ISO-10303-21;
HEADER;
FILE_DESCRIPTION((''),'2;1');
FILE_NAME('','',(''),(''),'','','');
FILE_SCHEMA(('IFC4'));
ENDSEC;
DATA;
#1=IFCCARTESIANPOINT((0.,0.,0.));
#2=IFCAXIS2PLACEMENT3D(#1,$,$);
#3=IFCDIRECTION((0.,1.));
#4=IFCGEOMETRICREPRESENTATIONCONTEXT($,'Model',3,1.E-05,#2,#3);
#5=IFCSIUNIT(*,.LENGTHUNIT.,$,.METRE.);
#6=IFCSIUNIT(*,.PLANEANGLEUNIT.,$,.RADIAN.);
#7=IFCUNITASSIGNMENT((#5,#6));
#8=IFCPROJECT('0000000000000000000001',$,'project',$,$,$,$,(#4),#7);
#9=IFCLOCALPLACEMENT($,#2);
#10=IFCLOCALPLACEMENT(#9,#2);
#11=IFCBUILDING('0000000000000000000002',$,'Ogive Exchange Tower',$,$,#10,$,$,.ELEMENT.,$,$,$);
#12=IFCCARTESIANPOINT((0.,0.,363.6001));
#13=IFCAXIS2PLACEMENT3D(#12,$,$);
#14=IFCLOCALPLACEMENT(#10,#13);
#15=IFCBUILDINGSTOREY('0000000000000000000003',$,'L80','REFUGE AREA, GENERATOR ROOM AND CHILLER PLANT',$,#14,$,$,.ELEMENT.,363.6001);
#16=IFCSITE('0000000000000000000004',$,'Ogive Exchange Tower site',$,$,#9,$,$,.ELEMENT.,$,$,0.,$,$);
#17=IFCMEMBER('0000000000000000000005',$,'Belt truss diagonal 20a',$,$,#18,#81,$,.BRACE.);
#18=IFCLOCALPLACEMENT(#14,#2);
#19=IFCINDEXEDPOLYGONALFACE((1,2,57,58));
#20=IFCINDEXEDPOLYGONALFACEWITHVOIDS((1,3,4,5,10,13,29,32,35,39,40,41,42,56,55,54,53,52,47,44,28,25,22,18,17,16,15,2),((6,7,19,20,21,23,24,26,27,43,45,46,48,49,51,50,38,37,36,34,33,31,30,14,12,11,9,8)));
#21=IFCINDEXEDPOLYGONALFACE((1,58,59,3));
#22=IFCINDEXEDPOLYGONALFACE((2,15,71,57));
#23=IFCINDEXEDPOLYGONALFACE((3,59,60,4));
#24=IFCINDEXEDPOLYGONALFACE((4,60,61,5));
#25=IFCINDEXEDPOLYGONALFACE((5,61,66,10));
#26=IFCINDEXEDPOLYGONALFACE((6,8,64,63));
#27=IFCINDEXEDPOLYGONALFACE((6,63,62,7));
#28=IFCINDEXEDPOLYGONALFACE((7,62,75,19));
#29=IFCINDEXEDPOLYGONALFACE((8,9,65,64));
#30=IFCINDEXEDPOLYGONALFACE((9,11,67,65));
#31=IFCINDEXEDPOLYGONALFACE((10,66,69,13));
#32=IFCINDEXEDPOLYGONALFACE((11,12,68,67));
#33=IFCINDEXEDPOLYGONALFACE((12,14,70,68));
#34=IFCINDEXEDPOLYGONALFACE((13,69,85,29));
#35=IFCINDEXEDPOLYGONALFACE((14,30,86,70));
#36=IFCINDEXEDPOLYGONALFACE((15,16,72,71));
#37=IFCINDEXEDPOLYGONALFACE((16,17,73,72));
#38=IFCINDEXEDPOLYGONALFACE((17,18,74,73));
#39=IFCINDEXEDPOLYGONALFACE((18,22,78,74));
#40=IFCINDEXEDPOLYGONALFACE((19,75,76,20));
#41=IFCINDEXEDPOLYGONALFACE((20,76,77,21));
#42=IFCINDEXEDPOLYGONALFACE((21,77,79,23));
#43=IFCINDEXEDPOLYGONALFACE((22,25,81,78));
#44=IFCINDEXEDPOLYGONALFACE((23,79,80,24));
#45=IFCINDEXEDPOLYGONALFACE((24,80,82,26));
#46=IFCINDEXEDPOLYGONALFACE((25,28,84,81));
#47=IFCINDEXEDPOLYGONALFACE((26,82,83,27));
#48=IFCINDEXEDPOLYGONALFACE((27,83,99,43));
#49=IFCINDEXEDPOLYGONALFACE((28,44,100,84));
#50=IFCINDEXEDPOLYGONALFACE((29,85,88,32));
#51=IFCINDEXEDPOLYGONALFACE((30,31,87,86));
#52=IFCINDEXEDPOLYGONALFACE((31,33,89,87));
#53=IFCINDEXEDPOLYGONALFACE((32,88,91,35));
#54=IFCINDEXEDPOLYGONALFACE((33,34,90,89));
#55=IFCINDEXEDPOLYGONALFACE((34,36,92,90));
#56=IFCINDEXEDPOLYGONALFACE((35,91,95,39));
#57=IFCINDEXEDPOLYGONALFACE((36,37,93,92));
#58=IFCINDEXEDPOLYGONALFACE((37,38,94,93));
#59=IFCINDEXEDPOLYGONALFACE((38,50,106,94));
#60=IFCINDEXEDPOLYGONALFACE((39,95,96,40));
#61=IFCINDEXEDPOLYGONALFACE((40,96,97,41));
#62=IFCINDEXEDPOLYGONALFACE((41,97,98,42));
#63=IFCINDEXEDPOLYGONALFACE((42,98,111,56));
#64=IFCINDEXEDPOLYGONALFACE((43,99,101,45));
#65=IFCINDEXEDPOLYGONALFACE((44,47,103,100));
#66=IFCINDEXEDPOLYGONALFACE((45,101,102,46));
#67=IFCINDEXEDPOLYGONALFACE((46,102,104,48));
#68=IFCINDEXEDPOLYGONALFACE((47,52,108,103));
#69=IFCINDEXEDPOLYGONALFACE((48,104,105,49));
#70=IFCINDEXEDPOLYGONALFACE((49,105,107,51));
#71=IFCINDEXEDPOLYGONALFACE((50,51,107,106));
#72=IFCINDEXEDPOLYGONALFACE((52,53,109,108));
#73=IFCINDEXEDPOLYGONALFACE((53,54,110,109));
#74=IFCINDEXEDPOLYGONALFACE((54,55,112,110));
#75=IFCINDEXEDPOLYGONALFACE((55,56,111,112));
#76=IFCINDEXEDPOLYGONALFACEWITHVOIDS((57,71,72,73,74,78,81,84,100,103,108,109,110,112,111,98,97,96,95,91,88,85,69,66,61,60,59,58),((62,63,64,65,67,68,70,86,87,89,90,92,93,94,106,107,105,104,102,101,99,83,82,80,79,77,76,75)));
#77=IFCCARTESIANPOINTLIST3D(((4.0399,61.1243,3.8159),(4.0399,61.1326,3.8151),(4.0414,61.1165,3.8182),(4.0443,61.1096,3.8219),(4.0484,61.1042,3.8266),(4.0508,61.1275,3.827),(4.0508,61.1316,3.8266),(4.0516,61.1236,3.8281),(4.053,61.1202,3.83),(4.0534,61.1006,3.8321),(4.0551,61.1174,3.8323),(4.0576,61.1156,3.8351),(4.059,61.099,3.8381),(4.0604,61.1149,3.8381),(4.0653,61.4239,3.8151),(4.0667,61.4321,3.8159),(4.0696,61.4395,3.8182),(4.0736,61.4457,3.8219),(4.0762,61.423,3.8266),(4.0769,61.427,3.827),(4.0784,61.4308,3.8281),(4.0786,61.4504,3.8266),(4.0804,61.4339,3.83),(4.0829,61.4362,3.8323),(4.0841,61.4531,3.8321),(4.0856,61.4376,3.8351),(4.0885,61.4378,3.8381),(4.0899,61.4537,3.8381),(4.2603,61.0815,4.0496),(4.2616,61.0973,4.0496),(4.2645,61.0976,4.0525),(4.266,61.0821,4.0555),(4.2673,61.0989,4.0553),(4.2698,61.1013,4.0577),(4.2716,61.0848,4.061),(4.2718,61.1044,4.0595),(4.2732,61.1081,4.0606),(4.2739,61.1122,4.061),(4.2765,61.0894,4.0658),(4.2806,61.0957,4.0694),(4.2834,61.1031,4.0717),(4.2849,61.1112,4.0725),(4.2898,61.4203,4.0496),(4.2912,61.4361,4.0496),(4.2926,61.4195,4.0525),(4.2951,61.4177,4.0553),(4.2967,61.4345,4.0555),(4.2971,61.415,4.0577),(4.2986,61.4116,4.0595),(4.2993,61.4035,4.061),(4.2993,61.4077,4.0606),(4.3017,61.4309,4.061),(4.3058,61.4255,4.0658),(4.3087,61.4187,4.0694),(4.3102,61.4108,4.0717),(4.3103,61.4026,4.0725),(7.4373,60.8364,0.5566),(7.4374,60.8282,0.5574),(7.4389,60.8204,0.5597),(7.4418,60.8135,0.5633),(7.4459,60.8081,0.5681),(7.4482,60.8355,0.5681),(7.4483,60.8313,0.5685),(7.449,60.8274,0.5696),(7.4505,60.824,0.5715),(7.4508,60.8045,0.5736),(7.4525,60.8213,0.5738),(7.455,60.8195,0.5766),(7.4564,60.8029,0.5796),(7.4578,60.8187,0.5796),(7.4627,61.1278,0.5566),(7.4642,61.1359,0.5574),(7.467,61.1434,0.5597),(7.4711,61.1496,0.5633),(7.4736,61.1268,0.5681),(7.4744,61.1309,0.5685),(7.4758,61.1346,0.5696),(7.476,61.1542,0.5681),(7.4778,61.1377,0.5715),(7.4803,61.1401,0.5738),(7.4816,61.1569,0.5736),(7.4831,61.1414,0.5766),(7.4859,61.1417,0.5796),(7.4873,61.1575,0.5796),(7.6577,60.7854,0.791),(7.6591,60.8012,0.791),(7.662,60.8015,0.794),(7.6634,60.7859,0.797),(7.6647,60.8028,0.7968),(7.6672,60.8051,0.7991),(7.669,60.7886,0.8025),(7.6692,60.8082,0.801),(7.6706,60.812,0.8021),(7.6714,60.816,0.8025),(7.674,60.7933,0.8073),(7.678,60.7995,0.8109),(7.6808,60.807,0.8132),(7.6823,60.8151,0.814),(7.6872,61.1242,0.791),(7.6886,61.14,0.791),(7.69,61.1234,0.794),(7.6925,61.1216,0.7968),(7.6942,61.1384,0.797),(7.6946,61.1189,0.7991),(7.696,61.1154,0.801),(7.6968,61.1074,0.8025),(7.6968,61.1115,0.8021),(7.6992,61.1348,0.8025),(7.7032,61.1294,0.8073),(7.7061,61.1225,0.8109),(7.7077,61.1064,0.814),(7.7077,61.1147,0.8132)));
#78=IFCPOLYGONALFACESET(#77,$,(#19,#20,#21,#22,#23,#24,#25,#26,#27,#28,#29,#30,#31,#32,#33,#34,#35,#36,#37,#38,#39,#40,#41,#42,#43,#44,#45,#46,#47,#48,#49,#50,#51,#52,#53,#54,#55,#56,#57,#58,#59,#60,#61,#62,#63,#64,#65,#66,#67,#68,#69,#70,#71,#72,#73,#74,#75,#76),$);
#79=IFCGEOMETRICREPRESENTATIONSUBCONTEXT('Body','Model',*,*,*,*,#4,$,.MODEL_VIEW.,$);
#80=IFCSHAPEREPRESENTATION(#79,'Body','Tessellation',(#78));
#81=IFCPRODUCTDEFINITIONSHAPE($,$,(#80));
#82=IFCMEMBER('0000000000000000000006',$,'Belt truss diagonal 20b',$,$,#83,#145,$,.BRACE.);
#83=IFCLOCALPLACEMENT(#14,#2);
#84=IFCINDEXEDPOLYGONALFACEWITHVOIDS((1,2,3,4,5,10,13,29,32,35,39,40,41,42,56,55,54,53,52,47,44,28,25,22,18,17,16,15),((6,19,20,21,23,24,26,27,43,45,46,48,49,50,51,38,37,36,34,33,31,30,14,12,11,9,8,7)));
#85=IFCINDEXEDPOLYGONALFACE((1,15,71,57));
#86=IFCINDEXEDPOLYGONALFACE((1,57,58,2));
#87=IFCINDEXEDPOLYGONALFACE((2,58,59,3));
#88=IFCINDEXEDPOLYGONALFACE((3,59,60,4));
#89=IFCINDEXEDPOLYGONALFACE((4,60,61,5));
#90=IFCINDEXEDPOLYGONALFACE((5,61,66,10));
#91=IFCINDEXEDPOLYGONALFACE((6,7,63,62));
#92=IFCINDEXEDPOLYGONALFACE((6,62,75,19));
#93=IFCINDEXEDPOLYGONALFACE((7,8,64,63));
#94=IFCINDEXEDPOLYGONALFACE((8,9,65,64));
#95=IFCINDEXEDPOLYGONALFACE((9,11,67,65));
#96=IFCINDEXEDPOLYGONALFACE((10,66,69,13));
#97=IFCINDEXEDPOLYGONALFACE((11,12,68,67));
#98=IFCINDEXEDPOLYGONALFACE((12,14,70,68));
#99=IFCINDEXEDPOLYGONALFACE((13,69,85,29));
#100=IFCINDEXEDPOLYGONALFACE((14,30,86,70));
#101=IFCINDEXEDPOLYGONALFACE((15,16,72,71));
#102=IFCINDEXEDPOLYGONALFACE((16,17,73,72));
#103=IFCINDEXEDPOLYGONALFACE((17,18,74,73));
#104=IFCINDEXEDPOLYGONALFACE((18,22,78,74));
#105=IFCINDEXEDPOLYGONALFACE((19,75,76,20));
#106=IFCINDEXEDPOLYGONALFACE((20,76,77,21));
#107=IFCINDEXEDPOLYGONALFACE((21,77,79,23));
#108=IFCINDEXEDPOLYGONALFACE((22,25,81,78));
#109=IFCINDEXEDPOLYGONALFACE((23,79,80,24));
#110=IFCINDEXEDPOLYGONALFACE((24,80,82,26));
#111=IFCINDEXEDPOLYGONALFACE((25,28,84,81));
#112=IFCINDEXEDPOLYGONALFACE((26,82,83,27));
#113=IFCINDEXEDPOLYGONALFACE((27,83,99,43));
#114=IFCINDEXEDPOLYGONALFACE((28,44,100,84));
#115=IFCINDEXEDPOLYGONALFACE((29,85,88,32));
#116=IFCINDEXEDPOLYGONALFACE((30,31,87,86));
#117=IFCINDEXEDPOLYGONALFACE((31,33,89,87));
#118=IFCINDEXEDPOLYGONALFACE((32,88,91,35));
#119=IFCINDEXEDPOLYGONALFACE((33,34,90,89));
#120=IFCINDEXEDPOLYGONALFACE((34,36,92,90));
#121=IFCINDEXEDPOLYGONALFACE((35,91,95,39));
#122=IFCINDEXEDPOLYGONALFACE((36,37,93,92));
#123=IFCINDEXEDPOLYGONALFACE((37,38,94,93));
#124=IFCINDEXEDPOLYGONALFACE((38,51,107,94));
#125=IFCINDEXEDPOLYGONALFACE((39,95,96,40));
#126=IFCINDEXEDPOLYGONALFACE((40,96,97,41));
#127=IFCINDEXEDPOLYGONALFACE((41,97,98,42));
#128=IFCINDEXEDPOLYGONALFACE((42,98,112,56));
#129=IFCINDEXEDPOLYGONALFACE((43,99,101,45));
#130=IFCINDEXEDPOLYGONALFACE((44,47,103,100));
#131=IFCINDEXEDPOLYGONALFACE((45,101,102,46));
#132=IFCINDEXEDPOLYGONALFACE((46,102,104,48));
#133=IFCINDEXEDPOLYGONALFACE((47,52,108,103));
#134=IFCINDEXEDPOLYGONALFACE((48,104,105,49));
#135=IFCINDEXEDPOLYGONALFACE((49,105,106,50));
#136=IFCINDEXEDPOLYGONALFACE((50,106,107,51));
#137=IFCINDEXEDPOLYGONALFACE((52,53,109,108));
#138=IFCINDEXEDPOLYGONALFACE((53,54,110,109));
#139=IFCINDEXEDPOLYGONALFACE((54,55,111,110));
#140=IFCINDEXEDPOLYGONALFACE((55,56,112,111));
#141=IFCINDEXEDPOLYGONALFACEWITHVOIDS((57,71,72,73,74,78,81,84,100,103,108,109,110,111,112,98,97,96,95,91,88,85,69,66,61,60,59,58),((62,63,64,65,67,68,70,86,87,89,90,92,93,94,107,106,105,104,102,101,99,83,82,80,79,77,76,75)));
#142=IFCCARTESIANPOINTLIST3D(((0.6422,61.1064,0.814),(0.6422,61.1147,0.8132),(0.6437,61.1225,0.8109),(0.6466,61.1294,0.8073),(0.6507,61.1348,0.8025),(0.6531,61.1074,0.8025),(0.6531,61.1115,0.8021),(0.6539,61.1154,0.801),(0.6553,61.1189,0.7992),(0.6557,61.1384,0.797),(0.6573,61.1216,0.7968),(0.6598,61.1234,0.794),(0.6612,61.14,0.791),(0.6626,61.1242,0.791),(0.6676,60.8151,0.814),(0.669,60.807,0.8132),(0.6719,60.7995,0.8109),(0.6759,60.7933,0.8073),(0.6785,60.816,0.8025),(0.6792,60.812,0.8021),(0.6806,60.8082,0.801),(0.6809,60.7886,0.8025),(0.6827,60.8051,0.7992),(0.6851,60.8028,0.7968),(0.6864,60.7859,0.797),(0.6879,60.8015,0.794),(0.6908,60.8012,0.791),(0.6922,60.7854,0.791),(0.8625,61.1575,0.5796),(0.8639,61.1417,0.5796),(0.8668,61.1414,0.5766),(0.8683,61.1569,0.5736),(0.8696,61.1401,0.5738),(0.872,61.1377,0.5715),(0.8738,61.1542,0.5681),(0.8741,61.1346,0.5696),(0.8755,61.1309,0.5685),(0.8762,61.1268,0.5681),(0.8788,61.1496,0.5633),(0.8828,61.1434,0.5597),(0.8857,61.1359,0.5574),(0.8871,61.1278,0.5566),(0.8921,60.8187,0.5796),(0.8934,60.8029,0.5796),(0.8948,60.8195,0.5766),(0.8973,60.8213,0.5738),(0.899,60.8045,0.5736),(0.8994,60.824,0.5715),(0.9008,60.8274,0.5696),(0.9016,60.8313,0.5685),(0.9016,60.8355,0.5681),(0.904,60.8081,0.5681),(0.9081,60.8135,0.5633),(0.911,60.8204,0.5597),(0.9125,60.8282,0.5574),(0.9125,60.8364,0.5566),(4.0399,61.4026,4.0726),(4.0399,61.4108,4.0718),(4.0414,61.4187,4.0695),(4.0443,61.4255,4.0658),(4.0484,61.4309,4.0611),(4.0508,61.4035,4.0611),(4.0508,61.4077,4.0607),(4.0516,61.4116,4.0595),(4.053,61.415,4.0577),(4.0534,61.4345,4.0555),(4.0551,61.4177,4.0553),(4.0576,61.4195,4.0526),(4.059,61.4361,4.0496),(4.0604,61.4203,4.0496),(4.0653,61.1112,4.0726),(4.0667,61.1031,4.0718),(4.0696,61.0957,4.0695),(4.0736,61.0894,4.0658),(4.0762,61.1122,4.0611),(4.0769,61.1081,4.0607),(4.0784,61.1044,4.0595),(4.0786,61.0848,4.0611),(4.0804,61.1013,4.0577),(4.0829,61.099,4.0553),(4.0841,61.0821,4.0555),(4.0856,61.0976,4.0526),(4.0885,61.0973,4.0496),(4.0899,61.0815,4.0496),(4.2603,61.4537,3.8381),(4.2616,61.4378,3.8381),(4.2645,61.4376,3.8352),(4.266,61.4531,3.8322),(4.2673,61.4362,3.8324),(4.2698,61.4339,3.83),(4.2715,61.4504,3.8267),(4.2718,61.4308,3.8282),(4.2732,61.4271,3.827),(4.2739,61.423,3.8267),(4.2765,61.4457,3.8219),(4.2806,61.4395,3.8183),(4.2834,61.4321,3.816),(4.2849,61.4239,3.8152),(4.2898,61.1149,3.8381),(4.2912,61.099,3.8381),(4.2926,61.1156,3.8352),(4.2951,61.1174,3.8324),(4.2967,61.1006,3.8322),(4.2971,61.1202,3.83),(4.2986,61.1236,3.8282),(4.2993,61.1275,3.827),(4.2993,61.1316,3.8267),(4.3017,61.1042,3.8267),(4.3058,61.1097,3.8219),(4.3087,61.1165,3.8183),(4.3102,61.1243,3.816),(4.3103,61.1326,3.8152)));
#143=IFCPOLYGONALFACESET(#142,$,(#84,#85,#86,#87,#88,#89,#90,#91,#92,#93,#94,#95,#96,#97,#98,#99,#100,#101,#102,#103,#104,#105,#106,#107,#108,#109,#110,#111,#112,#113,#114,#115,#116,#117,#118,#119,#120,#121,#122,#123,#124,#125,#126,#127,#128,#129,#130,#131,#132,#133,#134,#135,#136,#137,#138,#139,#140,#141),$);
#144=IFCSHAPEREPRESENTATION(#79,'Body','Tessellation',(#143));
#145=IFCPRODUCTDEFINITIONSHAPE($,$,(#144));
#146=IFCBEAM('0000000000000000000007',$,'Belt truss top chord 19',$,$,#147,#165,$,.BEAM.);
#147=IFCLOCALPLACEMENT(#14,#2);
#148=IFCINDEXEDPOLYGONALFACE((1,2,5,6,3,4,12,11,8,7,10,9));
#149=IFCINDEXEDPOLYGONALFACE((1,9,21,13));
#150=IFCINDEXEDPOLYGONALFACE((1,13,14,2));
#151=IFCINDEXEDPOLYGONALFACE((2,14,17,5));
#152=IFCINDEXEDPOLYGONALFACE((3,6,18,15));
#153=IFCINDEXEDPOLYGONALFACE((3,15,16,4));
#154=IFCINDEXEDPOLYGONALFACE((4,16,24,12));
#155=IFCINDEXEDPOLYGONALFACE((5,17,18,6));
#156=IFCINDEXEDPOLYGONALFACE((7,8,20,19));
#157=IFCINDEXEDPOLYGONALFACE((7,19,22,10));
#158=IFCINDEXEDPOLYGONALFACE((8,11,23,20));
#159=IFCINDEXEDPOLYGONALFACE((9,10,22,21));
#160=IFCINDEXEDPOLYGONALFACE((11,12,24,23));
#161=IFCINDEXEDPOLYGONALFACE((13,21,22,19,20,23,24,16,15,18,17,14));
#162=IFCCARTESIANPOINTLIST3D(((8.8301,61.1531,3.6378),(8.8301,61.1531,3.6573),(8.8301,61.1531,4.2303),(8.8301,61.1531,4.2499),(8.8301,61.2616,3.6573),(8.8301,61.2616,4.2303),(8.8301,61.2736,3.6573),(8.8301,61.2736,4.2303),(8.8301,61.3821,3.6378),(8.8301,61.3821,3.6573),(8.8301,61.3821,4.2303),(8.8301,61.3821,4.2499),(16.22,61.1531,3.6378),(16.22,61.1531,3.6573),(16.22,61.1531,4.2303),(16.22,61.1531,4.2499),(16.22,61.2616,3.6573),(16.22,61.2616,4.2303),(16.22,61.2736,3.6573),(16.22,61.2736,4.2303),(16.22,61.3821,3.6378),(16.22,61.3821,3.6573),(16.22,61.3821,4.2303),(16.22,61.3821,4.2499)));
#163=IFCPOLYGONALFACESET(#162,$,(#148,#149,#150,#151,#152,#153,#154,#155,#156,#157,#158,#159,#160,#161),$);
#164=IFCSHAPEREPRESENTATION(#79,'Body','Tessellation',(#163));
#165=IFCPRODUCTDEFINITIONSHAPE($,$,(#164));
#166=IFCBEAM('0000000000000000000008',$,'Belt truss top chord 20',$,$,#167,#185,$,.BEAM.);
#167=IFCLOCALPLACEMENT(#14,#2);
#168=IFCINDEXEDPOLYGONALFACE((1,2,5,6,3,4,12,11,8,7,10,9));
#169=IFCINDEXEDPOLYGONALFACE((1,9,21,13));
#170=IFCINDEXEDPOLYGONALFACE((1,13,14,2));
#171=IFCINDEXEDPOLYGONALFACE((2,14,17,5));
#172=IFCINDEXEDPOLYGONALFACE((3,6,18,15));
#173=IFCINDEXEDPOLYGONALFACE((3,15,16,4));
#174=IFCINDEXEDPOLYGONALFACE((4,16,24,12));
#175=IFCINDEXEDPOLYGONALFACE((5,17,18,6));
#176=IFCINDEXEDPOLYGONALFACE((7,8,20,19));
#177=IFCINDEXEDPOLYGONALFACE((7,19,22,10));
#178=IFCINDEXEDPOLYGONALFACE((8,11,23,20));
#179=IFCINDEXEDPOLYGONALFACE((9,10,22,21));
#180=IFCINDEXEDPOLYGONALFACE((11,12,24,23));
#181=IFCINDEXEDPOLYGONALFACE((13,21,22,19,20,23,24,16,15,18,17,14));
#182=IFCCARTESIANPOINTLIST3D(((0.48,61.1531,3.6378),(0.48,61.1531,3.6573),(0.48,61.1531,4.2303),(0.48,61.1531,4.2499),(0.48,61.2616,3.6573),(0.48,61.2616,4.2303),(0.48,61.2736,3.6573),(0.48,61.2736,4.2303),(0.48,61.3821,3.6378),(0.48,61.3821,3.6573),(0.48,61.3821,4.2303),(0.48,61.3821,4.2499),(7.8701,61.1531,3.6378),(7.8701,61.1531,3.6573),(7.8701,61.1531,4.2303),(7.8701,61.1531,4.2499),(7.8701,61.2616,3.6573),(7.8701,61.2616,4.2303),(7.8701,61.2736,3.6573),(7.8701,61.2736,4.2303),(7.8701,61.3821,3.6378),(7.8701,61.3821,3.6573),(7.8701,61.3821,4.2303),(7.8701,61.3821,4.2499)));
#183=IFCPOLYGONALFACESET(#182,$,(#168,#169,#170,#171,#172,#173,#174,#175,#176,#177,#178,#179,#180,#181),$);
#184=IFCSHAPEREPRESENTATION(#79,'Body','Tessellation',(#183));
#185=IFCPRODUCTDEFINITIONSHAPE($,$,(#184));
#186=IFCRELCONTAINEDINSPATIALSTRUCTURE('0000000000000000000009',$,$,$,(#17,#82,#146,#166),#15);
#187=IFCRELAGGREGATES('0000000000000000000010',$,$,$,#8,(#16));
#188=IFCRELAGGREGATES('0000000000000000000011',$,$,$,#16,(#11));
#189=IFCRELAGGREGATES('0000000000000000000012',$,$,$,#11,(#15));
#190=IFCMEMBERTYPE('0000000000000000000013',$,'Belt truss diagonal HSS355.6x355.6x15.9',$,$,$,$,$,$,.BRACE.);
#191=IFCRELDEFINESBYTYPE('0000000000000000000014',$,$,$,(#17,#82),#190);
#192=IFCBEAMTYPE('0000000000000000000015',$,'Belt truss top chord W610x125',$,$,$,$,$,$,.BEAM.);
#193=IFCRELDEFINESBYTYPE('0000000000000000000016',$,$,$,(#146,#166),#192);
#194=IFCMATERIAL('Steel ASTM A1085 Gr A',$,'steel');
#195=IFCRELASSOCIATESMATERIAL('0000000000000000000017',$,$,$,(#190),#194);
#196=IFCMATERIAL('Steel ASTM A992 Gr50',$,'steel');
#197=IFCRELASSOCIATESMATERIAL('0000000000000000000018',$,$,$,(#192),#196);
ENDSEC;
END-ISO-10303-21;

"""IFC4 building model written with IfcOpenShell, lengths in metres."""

from ifc_helpers import new_model, si_unit, direction, frame, origin, origin_2d, place, context, subcontext, project, spatial, hollow_rectangle, i_section, extrude, material, material_profile, profile_set, type_object, element, save


model = new_model("IFC4")

# Units and contexts
model_context = context("Model", 3, precision=1e-05, world=origin(), true_north=direction((0.0, 1.0)))
body_context = subcontext(model_context, "Body", "Model", "MODEL_VIEW")
ifc_project = project(units=[si_unit("LENGTHUNIT", "METRE"), si_unit("PLANEANGLEUNIT", "RADIAN")], contexts=[model_context])

# Site, building, storey
site_placement = place(None, origin())
site = spatial("IfcSite", under=ifc_project, at=site_placement, Name="Ogive Exchange Tower site", CompositionType="ELEMENT", RefElevation=0.0)
building_placement = place(site_placement, origin())
building = spatial("IfcBuilding", under=site, at=building_placement, Name="Ogive Exchange Tower", CompositionType="ELEMENT")
storey_placement = place(building_placement, frame((0.0, 0.0, 363.6001)))
storey = spatial("IfcBuildingStorey", under=building, at=storey_placement, Name="L80", Description="REFUGE AREA, GENERATOR ROOM AND CHILLER PLANT", CompositionType="ELEMENT", Elevation=363.6001)

# Shared definitions
ifc_material_1 = material(Name="Steel ASTM A992 Gr50", Category="steel")

# Members
ifc_material_2 = material(Name="Steel ASTM A1085 Gr A", Category="steel")
ifc_material_profile_1 = material_profile(ifc_material_2, hollow_rectangle(XDim=0.356, YDim=0.356, WallThickness=0.0159, InnerFilletRadius=0.0159, OuterFilletRadius=0.0317, at=origin_2d()), Name="HSS355.6x355.6x15.9")
ifc_profile_set_1 = profile_set([ifc_material_profile_1], Name="Steel ASTM A1085 Gr A")
member_type = type_object("IfcMemberType", Name="Belt truss diagonal HSS355.6x355.6x15.9", PredefinedType="BRACE", material=ifc_profile_set_1)
for number, where, z_axis, x_axis, name in (
    (1, (7.5725, 60.9714, 0.6853), (-0.720284, 0.062784, 0.690833), (-0.086837, -0.996223, 0.0), "Belt truss diagonal 20a"),
):
    element("IfcMember", number, at=place(storey_placement, frame(where, z_axis=z_axis, x_axis=x_axis)), inside=storey, type_object=member_type, Name=name, PredefinedType="BRACE", context=body_context, shape_type="SweptSolid", body=[
        extrude(hollow_rectangle(XDim=0.356, YDim=0.356, WallThickness=0.0159, InnerFilletRadius=0.0159, OuterFilletRadius=0.0317, at=origin_2d()), origin(), (0.0, 0.0, 1.0), 4.7168),
    ])
member_placement = place(storey_placement, frame((0.7773, 60.9714, 0.6853), z_axis=(0.720309, 0.062782, 0.690807), x_axis=(-0.08683, 0.996223, 0.0)))
element("IfcMember", 2, at=member_placement, inside=storey, type_object=member_type, Name="Belt truss diagonal 20b", PredefinedType="BRACE", context=body_context, shape_type="SweptSolid", body=[
    extrude(hollow_rectangle(XDim=0.356, YDim=0.356, WallThickness=0.0159, InnerFilletRadius=0.0159, OuterFilletRadius=0.0317, at=origin_2d()), origin(), (0.0, 0.0, 1.0), 4.717),
])

# Beams
ifc_material_profile_2 = material_profile(ifc_material_1, i_section(OverallWidth=0.229, OverallDepth=0.6121, WebThickness=0.012, FlangeThickness=0.0195, at=origin_2d()), Name="W610x125")
ifc_profile_set_2 = profile_set([ifc_material_profile_2], Name="Steel ASTM A992 Gr50")
beam_type_1 = type_object("IfcBeamType", Name="Belt truss top chord W610x125", PredefinedType="BEAM", material=ifc_profile_set_2)
beam_1_placement = place(storey_placement, frame((16.22, 61.2676, 3.9438), z_axis=(-1.0, 0.0, 0.0), x_axis=(0.0, -1.0, 0.0)))
element("IfcBeam", 3, at=beam_1_placement, inside=storey, type_object=beam_type_1, Name="Belt truss top chord 19", PredefinedType="BEAM", context=body_context, shape_type="SweptSolid", body=[
    extrude(i_section(OverallWidth=0.229, OverallDepth=0.6121, WebThickness=0.012, FlangeThickness=0.0195, at=origin_2d()), origin(), (0.0, 0.0, 1.0), 7.3899),
])
for number, where, z_axis, x_axis, name in (
    (4, (7.8701, 61.2676, 3.9438), (-1.0, 0.0, 0.0), (0.0, -1.0, 0.0), "Belt truss top chord 20"),
):
    element("IfcBeam", number, at=place(storey_placement, frame(where, z_axis=z_axis, x_axis=x_axis)), inside=storey, type_object=beam_type_1, Name=name, PredefinedType="BEAM", context=body_context, shape_type="SweptSolid", body=[
        extrude(i_section(OverallWidth=0.229, OverallDepth=0.6121, WebThickness=0.012, FlangeThickness=0.0195, at=origin_2d()), origin(), (0.0, 0.0, 1.0), 7.3901),
    ])

save(model, "model.ifc")
